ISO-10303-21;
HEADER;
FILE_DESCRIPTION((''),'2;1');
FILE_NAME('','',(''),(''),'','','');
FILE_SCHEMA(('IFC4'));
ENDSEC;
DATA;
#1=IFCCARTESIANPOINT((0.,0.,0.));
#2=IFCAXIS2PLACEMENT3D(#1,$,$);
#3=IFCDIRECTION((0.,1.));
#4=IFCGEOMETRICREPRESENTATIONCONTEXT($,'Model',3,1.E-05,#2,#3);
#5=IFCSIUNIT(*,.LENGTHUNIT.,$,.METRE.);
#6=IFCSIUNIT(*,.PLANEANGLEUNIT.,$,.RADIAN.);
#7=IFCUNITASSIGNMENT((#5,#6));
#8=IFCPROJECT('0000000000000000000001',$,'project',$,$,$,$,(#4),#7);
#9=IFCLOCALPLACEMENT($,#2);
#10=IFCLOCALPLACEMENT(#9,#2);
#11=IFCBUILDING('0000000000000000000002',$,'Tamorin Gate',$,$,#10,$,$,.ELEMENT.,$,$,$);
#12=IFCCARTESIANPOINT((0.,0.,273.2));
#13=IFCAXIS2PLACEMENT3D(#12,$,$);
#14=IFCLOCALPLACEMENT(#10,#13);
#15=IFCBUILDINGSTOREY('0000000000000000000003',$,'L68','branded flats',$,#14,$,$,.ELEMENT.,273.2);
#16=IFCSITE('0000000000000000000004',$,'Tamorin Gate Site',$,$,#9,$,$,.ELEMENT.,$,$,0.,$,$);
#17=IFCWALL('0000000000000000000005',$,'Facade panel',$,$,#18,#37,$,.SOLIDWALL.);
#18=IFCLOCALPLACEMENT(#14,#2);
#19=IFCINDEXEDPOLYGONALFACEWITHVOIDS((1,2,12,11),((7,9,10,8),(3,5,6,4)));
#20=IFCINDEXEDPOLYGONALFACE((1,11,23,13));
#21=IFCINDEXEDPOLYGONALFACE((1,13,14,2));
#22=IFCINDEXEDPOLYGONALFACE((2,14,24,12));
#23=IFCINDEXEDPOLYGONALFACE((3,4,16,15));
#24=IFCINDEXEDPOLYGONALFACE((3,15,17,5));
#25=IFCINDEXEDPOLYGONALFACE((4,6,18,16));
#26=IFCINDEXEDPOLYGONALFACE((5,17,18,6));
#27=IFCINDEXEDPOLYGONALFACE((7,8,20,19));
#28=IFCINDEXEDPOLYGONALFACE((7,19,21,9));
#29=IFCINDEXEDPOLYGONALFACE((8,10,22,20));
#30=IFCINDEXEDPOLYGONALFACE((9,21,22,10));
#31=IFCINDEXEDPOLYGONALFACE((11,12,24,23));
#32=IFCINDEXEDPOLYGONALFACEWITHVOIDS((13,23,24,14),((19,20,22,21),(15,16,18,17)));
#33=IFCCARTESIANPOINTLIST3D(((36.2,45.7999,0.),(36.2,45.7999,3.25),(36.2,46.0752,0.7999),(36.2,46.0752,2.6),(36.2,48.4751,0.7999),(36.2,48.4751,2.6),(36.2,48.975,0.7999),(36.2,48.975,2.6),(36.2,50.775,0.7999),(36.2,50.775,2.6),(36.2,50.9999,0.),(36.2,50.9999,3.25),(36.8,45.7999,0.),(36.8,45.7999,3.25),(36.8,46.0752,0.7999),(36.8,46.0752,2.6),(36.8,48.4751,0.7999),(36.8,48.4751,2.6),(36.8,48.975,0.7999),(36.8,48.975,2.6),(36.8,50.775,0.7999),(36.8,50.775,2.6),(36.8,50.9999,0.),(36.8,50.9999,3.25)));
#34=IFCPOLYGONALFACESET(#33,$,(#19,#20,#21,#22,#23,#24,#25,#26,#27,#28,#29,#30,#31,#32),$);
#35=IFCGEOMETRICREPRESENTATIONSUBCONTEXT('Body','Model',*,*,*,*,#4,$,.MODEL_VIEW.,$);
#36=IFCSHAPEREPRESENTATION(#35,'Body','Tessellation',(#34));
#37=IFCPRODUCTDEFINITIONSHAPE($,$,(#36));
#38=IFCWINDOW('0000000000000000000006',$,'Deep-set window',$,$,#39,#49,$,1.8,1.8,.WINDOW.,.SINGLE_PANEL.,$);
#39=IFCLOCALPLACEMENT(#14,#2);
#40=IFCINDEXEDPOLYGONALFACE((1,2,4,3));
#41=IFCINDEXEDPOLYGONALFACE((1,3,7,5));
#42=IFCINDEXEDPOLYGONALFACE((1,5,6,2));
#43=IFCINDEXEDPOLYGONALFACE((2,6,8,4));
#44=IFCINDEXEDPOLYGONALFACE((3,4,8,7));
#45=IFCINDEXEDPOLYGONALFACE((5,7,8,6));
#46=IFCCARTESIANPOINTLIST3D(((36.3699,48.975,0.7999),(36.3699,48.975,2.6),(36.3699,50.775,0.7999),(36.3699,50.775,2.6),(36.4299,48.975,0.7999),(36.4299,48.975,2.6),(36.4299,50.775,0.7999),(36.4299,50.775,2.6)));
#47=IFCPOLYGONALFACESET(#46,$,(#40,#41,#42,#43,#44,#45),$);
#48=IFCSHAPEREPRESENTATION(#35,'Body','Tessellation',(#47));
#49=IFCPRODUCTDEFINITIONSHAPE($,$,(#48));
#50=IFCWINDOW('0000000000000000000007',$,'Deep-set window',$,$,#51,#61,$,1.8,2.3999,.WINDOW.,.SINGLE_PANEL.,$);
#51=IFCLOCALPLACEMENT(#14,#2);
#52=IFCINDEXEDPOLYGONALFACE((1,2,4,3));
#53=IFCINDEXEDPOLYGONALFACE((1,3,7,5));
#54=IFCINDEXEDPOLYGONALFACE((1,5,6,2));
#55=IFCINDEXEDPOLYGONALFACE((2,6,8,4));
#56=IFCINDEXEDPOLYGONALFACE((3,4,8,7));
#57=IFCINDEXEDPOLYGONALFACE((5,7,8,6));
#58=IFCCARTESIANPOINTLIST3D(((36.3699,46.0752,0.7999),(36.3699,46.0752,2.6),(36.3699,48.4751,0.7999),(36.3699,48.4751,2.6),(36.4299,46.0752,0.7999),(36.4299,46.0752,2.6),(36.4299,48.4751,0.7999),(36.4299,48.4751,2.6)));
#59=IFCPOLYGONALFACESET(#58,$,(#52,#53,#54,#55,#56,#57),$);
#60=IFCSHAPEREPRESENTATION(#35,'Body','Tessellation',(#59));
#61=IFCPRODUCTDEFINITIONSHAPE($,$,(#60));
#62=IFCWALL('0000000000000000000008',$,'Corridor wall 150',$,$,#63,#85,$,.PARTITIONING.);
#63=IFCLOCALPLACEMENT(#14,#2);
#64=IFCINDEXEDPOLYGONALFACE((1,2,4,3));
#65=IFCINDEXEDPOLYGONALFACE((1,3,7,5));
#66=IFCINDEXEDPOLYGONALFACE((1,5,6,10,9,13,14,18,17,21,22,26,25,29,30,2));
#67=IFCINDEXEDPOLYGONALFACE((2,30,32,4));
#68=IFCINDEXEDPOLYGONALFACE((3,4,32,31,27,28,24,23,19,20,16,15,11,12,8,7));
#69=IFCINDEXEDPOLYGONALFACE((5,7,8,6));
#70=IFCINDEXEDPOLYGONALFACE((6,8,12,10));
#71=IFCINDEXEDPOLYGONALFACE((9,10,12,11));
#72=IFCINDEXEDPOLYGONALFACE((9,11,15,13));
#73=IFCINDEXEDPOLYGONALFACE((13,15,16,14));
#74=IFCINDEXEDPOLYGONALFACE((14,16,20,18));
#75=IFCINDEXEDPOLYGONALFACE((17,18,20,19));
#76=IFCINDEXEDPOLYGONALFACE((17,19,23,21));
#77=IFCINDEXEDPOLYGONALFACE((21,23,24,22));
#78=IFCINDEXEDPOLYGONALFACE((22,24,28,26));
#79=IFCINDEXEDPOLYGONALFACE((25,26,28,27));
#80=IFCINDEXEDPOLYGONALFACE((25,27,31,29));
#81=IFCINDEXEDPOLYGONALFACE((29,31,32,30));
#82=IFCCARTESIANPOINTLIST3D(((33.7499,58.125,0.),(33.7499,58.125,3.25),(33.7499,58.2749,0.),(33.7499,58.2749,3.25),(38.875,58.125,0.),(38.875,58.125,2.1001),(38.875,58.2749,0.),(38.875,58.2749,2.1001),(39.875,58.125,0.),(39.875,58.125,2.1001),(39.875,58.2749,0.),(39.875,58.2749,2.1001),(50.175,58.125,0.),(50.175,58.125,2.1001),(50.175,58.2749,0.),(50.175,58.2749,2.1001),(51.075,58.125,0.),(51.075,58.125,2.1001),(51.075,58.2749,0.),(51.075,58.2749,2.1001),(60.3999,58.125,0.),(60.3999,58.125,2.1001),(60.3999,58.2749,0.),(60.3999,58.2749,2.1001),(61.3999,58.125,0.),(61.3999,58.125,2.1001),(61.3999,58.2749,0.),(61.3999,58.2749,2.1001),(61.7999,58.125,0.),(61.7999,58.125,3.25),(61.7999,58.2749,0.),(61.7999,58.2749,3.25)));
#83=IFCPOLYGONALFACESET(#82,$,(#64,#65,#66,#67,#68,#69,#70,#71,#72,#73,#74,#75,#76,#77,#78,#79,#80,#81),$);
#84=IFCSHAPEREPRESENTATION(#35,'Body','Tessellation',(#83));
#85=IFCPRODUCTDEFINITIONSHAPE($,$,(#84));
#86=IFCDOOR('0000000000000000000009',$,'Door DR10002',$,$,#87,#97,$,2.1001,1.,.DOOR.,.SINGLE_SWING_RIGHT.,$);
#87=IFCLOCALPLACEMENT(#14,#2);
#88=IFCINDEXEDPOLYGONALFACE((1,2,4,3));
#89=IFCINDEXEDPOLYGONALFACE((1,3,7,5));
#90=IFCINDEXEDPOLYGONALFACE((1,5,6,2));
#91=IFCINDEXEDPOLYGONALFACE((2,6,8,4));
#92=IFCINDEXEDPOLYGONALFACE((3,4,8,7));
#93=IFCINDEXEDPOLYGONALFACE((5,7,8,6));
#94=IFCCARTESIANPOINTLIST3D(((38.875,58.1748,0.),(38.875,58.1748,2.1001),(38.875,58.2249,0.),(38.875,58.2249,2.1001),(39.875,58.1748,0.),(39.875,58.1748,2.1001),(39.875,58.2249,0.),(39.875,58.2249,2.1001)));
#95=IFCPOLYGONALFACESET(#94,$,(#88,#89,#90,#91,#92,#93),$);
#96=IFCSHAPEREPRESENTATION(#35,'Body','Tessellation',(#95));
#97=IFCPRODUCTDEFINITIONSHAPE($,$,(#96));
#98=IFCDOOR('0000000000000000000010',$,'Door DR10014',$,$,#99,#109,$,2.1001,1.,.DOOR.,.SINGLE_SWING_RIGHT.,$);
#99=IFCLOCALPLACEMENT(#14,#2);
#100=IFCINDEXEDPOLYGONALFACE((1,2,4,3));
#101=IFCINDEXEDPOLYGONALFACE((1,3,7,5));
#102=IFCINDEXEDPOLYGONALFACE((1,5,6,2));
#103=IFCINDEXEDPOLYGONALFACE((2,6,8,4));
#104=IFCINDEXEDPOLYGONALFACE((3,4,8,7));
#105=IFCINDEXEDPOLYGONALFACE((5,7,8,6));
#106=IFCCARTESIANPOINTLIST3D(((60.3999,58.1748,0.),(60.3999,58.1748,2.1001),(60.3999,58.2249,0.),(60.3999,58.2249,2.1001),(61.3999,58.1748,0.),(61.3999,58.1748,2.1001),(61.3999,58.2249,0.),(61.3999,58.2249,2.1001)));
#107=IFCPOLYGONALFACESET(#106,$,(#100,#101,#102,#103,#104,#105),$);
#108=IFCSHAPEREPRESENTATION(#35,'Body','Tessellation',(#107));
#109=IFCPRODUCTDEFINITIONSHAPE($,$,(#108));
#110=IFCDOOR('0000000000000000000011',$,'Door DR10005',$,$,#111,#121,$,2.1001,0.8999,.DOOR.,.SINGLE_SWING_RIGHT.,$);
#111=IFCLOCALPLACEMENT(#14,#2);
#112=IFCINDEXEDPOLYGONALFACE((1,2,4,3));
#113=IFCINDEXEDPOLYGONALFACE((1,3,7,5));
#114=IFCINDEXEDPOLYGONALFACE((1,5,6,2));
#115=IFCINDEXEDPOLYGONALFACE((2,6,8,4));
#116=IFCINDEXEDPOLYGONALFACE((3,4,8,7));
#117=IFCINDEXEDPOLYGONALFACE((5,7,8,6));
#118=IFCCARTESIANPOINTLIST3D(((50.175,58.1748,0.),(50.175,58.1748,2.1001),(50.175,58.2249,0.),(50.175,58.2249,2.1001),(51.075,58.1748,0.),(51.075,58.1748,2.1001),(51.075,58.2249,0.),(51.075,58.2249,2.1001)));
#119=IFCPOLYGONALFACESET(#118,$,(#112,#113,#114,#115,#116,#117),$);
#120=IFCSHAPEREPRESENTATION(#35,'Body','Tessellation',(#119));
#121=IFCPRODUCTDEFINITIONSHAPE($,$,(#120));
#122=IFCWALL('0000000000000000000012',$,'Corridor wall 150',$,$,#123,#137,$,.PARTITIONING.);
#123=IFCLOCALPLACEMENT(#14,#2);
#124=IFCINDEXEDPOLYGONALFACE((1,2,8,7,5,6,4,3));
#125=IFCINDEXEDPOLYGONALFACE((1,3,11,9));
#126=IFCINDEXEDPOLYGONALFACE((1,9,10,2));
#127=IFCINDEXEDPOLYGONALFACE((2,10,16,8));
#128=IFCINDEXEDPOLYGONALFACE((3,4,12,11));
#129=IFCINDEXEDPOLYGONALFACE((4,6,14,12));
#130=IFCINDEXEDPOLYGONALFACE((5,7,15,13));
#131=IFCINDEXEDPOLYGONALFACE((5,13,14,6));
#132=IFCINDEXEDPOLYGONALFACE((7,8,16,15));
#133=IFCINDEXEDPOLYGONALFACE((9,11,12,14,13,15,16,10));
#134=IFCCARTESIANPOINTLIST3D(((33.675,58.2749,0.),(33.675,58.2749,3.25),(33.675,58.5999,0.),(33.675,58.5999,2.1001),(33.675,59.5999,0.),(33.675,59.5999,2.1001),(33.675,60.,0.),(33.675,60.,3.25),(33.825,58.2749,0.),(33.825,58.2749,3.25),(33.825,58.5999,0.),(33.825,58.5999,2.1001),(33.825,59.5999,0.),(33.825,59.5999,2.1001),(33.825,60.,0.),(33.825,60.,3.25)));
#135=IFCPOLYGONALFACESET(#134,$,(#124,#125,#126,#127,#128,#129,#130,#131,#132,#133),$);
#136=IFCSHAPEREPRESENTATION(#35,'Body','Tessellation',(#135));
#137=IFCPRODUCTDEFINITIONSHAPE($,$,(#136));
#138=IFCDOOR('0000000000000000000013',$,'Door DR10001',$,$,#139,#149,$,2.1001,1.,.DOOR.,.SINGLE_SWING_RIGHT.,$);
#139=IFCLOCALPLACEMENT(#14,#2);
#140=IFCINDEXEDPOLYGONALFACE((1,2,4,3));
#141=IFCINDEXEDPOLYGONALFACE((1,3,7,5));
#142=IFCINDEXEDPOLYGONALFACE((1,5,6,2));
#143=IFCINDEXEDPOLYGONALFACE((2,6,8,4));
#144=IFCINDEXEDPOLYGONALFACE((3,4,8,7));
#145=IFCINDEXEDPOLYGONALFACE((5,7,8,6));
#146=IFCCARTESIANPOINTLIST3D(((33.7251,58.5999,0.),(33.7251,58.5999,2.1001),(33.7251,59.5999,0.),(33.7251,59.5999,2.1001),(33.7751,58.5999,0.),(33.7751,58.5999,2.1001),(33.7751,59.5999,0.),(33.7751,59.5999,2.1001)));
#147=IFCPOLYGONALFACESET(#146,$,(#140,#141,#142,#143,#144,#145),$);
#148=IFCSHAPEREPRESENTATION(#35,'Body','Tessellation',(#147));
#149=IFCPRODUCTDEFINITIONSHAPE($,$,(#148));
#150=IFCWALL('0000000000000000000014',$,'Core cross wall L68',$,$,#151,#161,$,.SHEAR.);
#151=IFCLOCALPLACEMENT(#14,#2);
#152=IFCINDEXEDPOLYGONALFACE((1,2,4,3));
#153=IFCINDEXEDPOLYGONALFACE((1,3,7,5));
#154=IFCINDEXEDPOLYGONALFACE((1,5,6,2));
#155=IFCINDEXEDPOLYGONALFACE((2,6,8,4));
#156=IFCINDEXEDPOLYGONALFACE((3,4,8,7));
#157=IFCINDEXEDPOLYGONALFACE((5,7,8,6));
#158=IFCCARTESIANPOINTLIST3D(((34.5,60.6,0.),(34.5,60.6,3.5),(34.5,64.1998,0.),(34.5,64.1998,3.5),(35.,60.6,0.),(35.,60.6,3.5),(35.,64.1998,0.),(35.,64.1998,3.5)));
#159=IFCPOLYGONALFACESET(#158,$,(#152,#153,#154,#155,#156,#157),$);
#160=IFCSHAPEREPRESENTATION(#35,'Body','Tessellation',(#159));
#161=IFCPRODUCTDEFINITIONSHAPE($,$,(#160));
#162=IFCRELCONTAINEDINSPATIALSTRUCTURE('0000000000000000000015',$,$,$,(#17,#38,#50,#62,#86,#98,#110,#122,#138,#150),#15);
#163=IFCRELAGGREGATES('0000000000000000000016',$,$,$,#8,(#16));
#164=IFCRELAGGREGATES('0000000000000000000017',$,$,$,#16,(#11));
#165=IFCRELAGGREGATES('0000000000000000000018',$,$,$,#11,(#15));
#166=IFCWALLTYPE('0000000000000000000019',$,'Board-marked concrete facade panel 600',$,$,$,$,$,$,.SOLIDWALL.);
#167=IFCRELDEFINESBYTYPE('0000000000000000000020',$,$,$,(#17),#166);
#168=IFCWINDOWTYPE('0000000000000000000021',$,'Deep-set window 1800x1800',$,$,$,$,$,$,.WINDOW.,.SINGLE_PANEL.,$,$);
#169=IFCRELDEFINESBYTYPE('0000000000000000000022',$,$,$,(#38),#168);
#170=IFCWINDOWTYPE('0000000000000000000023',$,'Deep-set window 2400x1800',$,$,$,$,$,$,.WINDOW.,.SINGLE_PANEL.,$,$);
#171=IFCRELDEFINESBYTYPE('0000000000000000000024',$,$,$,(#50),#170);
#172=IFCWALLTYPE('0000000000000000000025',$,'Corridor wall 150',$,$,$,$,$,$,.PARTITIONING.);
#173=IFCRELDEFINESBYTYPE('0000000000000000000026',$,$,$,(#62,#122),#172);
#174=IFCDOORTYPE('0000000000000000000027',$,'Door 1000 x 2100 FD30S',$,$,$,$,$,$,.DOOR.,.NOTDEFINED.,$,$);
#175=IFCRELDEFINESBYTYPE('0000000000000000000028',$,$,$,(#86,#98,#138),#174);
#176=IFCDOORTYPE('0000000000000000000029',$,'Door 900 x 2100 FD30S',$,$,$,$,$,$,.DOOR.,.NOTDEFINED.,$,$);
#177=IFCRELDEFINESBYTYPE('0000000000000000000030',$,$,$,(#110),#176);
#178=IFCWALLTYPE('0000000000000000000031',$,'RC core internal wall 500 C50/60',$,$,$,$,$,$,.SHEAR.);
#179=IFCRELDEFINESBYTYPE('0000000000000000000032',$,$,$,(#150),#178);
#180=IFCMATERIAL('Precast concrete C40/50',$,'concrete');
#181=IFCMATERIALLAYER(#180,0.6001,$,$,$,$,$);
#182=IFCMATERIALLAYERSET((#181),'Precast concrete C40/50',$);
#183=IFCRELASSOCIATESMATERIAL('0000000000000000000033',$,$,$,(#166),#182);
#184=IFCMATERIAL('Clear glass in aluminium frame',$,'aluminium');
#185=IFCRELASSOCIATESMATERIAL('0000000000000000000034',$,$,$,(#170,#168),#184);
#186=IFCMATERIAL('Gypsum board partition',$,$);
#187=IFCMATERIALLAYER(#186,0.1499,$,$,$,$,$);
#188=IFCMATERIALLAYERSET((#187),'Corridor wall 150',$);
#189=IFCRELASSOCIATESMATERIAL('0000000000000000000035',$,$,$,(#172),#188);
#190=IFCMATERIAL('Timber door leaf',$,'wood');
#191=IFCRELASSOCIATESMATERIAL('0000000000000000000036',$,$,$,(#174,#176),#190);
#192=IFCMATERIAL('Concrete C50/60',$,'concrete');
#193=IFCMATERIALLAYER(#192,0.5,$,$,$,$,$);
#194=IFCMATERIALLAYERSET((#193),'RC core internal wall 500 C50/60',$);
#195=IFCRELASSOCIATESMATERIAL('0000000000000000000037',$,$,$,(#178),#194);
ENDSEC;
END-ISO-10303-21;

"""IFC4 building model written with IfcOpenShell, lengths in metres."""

from ifc_helpers import new_model, si_unit, direction, frame, frame_2d, origin, place, context, subcontext, project, spatial, rectangle, extrude, material, layer, layer_set, type_object, element, fill, save


model = new_model("IFC4")

# Units and contexts
model_context = context("Model", 3, precision=1e-05, world=origin(), true_north=direction((0.0, 1.0)))
body_context = subcontext(model_context, "Body", "Model", "MODEL_VIEW")
ifc_project = project(units=[si_unit("LENGTHUNIT", "METRE"), si_unit("PLANEANGLEUNIT", "RADIAN")], contexts=[model_context])

# Site, building, storey
site_placement = place(None, origin())
site = spatial("IfcSite", under=ifc_project, at=site_placement, Name="Tamorin Gate Site", CompositionType="ELEMENT", RefElevation=0.0)
building_placement = place(site_placement, origin())
building = spatial("IfcBuilding", under=site, at=building_placement, Name="Tamorin Gate", CompositionType="ELEMENT")
storey_placement = place(building_placement, frame((0.0, 0.0, 273.2)))
storey = spatial("IfcBuildingStorey", under=building, at=storey_placement, Name="L68", Description="branded flats", CompositionType="ELEMENT", Elevation=273.2)

# Shared definitions
ifc_material_1 = material(Name="Concrete C50/60", Category="concrete")

# Shared definitions
ifc_material_2 = material(Name="Precast concrete C40/50", Category="concrete")
ifc_layer_1 = layer(ifc_material_2, 0.6001)
ifc_layer_set_1 = layer_set([ifc_layer_1], Name="Precast concrete C40/50")
wall_type_1 = type_object("IfcWallType", Name="Board-marked concrete facade panel 600", PredefinedType="SOLIDWALL", material=ifc_layer_set_1)
ifc_material_3 = material(Name="Clear glass in aluminium frame", Category="aluminium")
window_type_1 = type_object("IfcWindowType", Name="Deep-set window 2400x1800", PartitioningType="SINGLE_PANEL", PredefinedType="WINDOW", material=ifc_material_3)

# Wall, openings, windows
window_type_2 = type_object("IfcWindowType", Name="Deep-set window 1800x1800", PartitioningType="SINGLE_PANEL", PredefinedType="WINDOW", material=ifc_material_3)
wall_1_placement = place(storey_placement, frame((36.5, 51.0, 0.0), z_axis=(0.0, 0.0, 1.0), x_axis=(0.0, -1.0, 0.0)))
wall_1 = element("IfcWall", 1, at=wall_1_placement, inside=storey, type_object=wall_type_1, Name="Facade panel", PredefinedType="SOLIDWALL", context=body_context, shape_type="SweptSolid", body=[
    extrude(rectangle(XDim=5.2, YDim=0.6001, at=frame_2d((2.6001, 0.0))), origin(), (0.0, 0.0, 1.0), 3.25),
])
opening_1_placement = place(wall_1_placement, frame((2.5249, 0.0, 0.8)))
opening_1 = element("IfcOpeningElement", 2, at=opening_1_placement, cuts=wall_1, PredefinedType="OPENING", context=body_context, shape_type="SweptSolid", body=[
    extrude(rectangle(XDim=2.3999, YDim=1.8, at=frame_2d((1.2, 0.8999))), frame((0.0, 0.3101, 0.0), z_axis=(0.0, -1.0, 0.0), x_axis=(1.0, 0.0, 0.0)), (0.0, 0.0, 1.0), 0.6201),
])
opening_2_placement = place(wall_1_placement, frame((0.2251, 0.0, 0.8)))
opening_2 = element("IfcOpeningElement", 3, at=opening_2_placement, cuts=wall_1, PredefinedType="OPENING", context=body_context, shape_type="SweptSolid", body=[
    extrude(rectangle(XDim=1.8, YDim=1.8, at=frame_2d((0.8999, 0.8999))), frame((0.0, 0.3101, 0.0), z_axis=(0.0, -1.0, 0.0), x_axis=(1.0, 0.0, 0.0)), (0.0, 0.0, 1.0), 0.6201),
])
window_1_placement = place(opening_2_placement, origin())
window_1 = element("IfcWindow", 4, at=window_1_placement, inside=storey, type_object=window_type_2, Name="Deep-set window", OverallHeight=1.8, OverallWidth=1.8, PartitioningType="SINGLE_PANEL", PredefinedType="WINDOW", context=body_context, shape_type="SweptSolid", body=[
    extrude(rectangle(XDim=1.8, YDim=1.8, at=frame_2d((0.8999, 0.8999))), frame((0.0, -0.0701, 0.0), z_axis=(0.0, -1.0, 0.0), x_axis=(1.0, 0.0, 0.0)), (0.0, 0.0, 1.0), 0.0601),
])
fill(opening_2, window_1)
window_2_placement = place(opening_1_placement, origin())
window_2 = element("IfcWindow", 5, at=window_2_placement, inside=storey, type_object=window_type_1, Name="Deep-set window", OverallHeight=1.8, OverallWidth=2.3999, PartitioningType="SINGLE_PANEL", PredefinedType="WINDOW", context=body_context, shape_type="SweptSolid", body=[
    extrude(rectangle(XDim=2.3999, YDim=1.8, at=frame_2d((1.2, 0.8999))), frame((0.0, -0.0701, 0.0), z_axis=(0.0, -1.0, 0.0), x_axis=(1.0, 0.0, 0.0)), (0.0, 0.0, 1.0), 0.0601),
])
fill(opening_1, window_2)

# Wall, openings, doors
ifc_material_4 = material(Name="Gypsum board partition")
ifc_layer_2 = layer(ifc_material_4, 0.1499)
ifc_layer_set_2 = layer_set([ifc_layer_2], Name="Corridor wall 150")
wall_type_2 = type_object("IfcWallType", Name="Corridor wall 150", PredefinedType="PARTITIONING", material=ifc_layer_set_2)
wall_2_placement = place(storey_placement, frame((33.75, 58.2, 0.0), z_axis=(0.0, 0.0, 1.0), x_axis=(1.0, 0.0, 0.0)))
wall_2 = element("IfcWall", 6, at=wall_2_placement, inside=storey, type_object=wall_type_2, Name="Corridor wall 150", PredefinedType="PARTITIONING", context=body_context, shape_type="SweptSolid", body=[
    extrude(rectangle(XDim=28.05, YDim=0.1499, at=frame_2d((14.0249, 0.0))), origin(), (0.0, 0.0, 1.0), 3.25),
])
opening_3_placement = place(wall_2_placement, frame((5.125, 0.0, 0.0)))
opening_3 = element("IfcOpeningElement", 7, at=opening_3_placement, cuts=wall_2, PredefinedType="OPENING", context=body_context, shape_type="SweptSolid", body=[
    extrude(rectangle(XDim=1.0, YDim=2.1001, at=frame_2d((0.5, 1.05))), frame((0.0, 0.085, 0.0), z_axis=(0.0, -1.0, 0.0), x_axis=(1.0, 0.0, 0.0)), (0.0, 0.0, 1.0), 0.1699),
])
opening_4_placement = place(wall_2_placement, frame((16.425, 0.0, 0.0)))
opening_4 = element("IfcOpeningElement", 8, at=opening_4_placement, cuts=wall_2, PredefinedType="OPENING", context=body_context, shape_type="SweptSolid", body=[
    extrude(rectangle(XDim=0.8999, YDim=2.1001, at=frame_2d((0.45, 1.05))), frame((0.0, 0.085, 0.0), z_axis=(0.0, -1.0, 0.0), x_axis=(1.0, 0.0, 0.0)), (0.0, 0.0, 1.0), 0.1699),
])
opening_5_placement = place(wall_2_placement, frame((26.6499, 0.0, 0.0)))
opening_5 = element("IfcOpeningElement", 9, at=opening_5_placement, cuts=wall_2, PredefinedType="OPENING", context=body_context, shape_type="SweptSolid", body=[
    extrude(rectangle(XDim=1.0, YDim=2.1001, at=frame_2d((0.5, 1.05))), frame((0.0, 0.085, 0.0), z_axis=(0.0, -1.0, 0.0), x_axis=(1.0, 0.0, 0.0)), (0.0, 0.0, 1.0), 0.1699),
])
ifc_material_5 = material(Name="Timber door leaf", Category="wood")
door_type_1 = type_object("IfcDoorType", Name="Door 1000 x 2100 FD30S", OperationType="NOTDEFINED", PredefinedType="DOOR", material=ifc_material_5)
door_1_placement = place(opening_3_placement, origin())
door_1 = element("IfcDoor", 10, at=door_1_placement, inside=storey, type_object=door_type_1, Name="Door DR10002", OperationType="SINGLE_SWING_RIGHT", OverallHeight=2.1001, OverallWidth=1.0, PredefinedType="DOOR", context=body_context, shape_type="SweptSolid", body=[
    extrude(rectangle(XDim=1.0, YDim=2.1001, at=frame_2d((0.5, 1.05))), frame((0.0, 0.0249, 0.0), z_axis=(0.0, -1.0, 0.0), x_axis=(1.0, 0.0, 0.0)), (0.0, 0.0, 1.0), 0.05),
])
fill(opening_3, door_1)
door_2_placement = place(opening_5_placement, origin())
door_2 = element("IfcDoor", 11, at=door_2_placement, inside=storey, type_object=door_type_1, Name="Door DR10014", OperationType="SINGLE_SWING_RIGHT", OverallHeight=2.1001, OverallWidth=1.0, PredefinedType="DOOR", context=body_context, shape_type="SweptSolid", body=[
    extrude(rectangle(XDim=1.0, YDim=2.1001, at=frame_2d((0.5, 1.05))), frame((0.0, 0.0249, 0.0), z_axis=(0.0, -1.0, 0.0), x_axis=(1.0, 0.0, 0.0)), (0.0, 0.0, 1.0), 0.05),
])
fill(opening_5, door_2)
door_type_2 = type_object("IfcDoorType", Name="Door 900 x 2100 FD30S", OperationType="NOTDEFINED", PredefinedType="DOOR", material=ifc_material_5)
door_3_placement = place(opening_4_placement, origin())
door_3 = element("IfcDoor", 12, at=door_3_placement, inside=storey, type_object=door_type_2, Name="Door DR10005", OperationType="SINGLE_SWING_RIGHT", OverallHeight=2.1001, OverallWidth=0.8999, PredefinedType="DOOR", context=body_context, shape_type="SweptSolid", body=[
    extrude(rectangle(XDim=0.8999, YDim=2.1001, at=frame_2d((0.45, 1.05))), frame((0.0, 0.0249, 0.0), z_axis=(0.0, -1.0, 0.0), x_axis=(1.0, 0.0, 0.0)), (0.0, 0.0, 1.0), 0.05),
])
fill(opening_4, door_3)

# Wall, opening, door
wall_3_placement = place(storey_placement, frame((33.75, 58.2749, 0.0), z_axis=(0.0, 0.0, 1.0), x_axis=(0.0, 1.0, 0.0)))
wall_3 = element("IfcWall", 13, at=wall_3_placement, inside=storey, type_object=wall_type_2, Name="Corridor wall 150", PredefinedType="PARTITIONING", context=body_context, shape_type="SweptSolid", body=[
    extrude(rectangle(XDim=1.7251, YDim=0.1499, at=frame_2d((0.8625, 0.0))), origin(), (0.0, 0.0, 1.0), 3.25),
])
opening_6_placement = place(wall_3_placement, frame((0.325, 0.0, 0.0)))
opening_6 = element("IfcOpeningElement", 14, at=opening_6_placement, cuts=wall_3, PredefinedType="OPENING", context=body_context, shape_type="SweptSolid", body=[
    extrude(rectangle(XDim=1.0, YDim=2.1001, at=frame_2d((0.5, 1.05))), frame((0.0, 0.085, 0.0), z_axis=(0.0, -1.0, 0.0), x_axis=(1.0, 0.0, 0.0)), (0.0, 0.0, 1.0), 0.1699),
])
door_4_placement = place(opening_6_placement, origin())
door_4 = element("IfcDoor", 15, at=door_4_placement, inside=storey, type_object=door_type_1, Name="Door DR10001", OperationType="SINGLE_SWING_RIGHT", OverallHeight=2.1001, OverallWidth=1.0, PredefinedType="DOOR", context=body_context, shape_type="SweptSolid", body=[
    extrude(rectangle(XDim=1.0, YDim=2.1001, at=frame_2d((0.5, 1.05))), frame((0.0, 0.0249, 0.0), z_axis=(0.0, -1.0, 0.0), x_axis=(1.0, 0.0, 0.0)), (0.0, 0.0, 1.0), 0.05),
])
fill(opening_6, door_4)

# Wall
ifc_layer_3 = layer(ifc_material_1, 0.5)
ifc_layer_set_3 = layer_set([ifc_layer_3], Name="RC core internal wall 500 C50/60")
wall_type_3 = type_object("IfcWallType", Name="RC core internal wall 500 C50/60", PredefinedType="SHEAR", material=ifc_layer_set_3)
wall_4_placement = place(storey_placement, frame((34.75, 60.6001, 0.0), z_axis=(0.0, 0.0, 1.0), x_axis=(0.0, 1.0, 0.0)))
element("IfcWall", 16, at=wall_4_placement, inside=storey, type_object=wall_type_3, Name="Core cross wall L68", PredefinedType="SHEAR", context=body_context, shape_type="SweptSolid", body=[
    extrude(rectangle(XDim=3.5999, YDim=0.5, at=frame_2d((1.7998, 0.0))), origin(), (0.0, 0.0, 1.0), 3.5),
])

save(model, "model.ifc")
